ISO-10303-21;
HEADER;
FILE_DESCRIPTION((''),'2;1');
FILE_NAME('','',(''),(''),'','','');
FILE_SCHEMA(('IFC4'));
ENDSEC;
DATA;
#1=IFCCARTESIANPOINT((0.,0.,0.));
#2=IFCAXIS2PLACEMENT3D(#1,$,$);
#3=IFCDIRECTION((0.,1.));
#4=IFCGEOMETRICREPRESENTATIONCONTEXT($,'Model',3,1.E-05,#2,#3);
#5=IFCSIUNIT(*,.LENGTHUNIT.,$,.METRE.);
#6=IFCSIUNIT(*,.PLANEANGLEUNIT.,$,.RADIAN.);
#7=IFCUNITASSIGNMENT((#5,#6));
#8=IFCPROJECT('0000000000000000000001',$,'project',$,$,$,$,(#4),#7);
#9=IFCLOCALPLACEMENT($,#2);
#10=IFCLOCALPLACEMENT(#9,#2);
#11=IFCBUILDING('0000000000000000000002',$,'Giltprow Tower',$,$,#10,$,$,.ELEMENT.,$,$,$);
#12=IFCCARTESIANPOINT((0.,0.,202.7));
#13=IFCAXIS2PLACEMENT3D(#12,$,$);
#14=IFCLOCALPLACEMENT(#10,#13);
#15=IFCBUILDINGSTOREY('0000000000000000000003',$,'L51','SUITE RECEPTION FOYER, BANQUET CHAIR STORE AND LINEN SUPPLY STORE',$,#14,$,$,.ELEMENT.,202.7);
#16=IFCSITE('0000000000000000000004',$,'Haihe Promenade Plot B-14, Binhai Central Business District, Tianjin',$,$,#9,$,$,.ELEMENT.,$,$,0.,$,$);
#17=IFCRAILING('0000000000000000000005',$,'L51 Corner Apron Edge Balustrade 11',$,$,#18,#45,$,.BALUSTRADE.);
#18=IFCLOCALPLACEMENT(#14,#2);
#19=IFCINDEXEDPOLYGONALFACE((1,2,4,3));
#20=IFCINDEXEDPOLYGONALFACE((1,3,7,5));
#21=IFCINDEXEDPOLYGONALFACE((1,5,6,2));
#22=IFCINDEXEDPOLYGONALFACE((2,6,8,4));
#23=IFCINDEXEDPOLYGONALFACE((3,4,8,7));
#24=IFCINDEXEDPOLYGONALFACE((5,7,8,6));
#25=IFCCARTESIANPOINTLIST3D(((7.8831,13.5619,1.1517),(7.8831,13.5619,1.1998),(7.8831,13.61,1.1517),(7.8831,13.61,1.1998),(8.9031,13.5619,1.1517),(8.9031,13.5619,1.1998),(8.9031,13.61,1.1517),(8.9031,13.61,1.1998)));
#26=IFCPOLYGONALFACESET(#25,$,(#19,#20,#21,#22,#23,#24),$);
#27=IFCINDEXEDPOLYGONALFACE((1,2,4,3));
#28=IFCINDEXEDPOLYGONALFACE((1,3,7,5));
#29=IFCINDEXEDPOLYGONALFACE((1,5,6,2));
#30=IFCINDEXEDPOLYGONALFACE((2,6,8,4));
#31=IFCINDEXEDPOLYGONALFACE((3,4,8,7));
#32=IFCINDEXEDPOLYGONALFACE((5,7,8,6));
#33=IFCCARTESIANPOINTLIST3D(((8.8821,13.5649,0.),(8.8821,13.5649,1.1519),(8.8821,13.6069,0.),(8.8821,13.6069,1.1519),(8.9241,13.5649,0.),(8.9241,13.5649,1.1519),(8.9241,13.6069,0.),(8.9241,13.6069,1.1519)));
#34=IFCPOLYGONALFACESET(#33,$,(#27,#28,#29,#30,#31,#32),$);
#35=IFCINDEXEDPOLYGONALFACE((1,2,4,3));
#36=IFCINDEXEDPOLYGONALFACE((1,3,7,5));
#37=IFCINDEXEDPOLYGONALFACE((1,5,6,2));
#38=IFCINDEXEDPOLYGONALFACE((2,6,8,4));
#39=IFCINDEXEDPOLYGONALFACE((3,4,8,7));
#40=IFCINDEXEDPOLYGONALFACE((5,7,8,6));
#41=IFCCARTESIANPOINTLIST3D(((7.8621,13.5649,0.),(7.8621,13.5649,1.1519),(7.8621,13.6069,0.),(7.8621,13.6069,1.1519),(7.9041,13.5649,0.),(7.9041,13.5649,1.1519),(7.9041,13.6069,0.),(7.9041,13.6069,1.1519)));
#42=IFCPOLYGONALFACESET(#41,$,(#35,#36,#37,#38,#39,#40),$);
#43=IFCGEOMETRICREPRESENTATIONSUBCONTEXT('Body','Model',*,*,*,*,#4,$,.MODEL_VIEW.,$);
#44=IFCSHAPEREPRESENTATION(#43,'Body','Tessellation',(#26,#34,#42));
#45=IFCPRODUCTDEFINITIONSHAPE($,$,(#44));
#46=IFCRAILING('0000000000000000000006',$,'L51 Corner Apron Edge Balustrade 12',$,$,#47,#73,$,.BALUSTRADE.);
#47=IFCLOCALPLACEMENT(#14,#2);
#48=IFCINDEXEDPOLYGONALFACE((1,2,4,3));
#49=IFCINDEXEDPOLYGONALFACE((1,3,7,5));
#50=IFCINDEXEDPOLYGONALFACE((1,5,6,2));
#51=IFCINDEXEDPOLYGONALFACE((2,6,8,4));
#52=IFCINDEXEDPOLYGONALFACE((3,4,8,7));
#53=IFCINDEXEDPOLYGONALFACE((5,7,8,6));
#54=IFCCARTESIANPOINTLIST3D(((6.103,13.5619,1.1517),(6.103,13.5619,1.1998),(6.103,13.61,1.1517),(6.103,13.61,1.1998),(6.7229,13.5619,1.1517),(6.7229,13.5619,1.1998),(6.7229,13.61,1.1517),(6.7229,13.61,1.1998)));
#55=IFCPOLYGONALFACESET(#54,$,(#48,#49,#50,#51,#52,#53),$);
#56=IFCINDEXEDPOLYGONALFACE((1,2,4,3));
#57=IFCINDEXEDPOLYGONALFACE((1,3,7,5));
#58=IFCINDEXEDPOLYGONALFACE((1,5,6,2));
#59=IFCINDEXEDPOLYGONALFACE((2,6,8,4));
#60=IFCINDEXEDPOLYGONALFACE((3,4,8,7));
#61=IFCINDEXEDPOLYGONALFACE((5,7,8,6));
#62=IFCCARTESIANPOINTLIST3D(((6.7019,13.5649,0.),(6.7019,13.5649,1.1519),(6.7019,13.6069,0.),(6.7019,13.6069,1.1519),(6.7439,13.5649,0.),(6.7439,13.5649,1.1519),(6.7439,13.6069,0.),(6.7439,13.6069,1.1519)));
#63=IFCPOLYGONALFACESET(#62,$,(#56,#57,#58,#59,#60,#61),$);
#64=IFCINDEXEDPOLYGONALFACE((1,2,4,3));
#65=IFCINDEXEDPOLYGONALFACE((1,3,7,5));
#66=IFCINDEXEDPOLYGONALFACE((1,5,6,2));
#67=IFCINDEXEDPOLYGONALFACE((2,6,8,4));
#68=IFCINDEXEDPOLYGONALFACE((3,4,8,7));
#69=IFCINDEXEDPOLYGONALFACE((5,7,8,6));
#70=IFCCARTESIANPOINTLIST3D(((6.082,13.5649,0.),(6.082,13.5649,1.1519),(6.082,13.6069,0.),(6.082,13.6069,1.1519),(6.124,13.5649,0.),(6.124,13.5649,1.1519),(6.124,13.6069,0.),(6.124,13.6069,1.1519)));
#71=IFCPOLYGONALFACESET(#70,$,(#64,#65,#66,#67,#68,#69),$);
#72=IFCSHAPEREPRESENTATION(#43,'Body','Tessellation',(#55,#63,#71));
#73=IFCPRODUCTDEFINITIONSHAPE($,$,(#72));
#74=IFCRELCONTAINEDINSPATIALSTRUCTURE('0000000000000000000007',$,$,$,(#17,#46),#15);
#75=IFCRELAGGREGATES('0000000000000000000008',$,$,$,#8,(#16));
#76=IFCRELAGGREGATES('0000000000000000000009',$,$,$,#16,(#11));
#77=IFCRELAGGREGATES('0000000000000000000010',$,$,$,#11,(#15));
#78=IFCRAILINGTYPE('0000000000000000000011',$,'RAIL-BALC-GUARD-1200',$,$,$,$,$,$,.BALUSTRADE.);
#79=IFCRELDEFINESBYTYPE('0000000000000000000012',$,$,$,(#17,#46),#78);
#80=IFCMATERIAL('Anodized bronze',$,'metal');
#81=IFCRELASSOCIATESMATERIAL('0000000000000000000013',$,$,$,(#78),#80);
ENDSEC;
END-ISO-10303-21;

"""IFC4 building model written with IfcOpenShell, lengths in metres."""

from ifc_helpers import new_model, si_unit, direction, frame, origin, origin_2d, place, context, subcontext, project, spatial, rectangle, extrude, material, type_object, element, save


model = new_model("IFC4")

# Units and contexts
model_context = context("Model", 3, precision=1e-05, world=origin(), true_north=direction((0.0, 1.0)))
body_context = subcontext(model_context, "Body", "Model", "MODEL_VIEW")
ifc_project = project(units=[si_unit("LENGTHUNIT", "METRE"), si_unit("PLANEANGLEUNIT", "RADIAN")], contexts=[model_context])

# Site, building, storey
site_placement = place(None, origin())
site = spatial("IfcSite", under=ifc_project, at=site_placement, Name="Haihe Promenade Plot B-14, Binhai Central Business District, Tianjin", CompositionType="ELEMENT", RefElevation=0.0)
building_placement = place(site_placement, origin())
building = spatial("IfcBuilding", under=site, at=building_placement, Name="Giltprow Tower", CompositionType="ELEMENT")
storey_placement = place(building_placement, frame((0.0, 0.0, 202.7)))
storey = spatial("IfcBuildingStorey", under=building, at=storey_placement, Name="L51", Description="SUITE RECEPTION FOYER, BANQUET CHAIR STORE AND LINEN SUPPLY STORE", CompositionType="ELEMENT", Elevation=202.7)

# Shared definitions
ifc_material_1 = material(Name="Anodized bronze", Category="metal")

# Railings
railing_type = type_object("IfcRailingType", Name="RAIL-BALC-GUARD-1200", PredefinedType="BALUSTRADE", material=ifc_material_1)
railing_1_placement = place(storey_placement, frame((8.9031, 13.5859, 0.0)))
element("IfcRailing", 1, at=railing_1_placement, inside=storey, type_object=railing_type, Name="L51 Corner Apron Edge Balustrade 11", PredefinedType="BALUSTRADE", context=body_context, shape_type="SweptSolid", body=[
    extrude(rectangle(XDim=0.0481, YDim=0.0481, at=origin_2d()), frame((0.0, 0.0, 1.1758), z_axis=(-1.0, 0.0, 0.0), x_axis=(0.0, -1.0, 0.0)), (0.0, 0.0, 1.0), 1.02),
    extrude(rectangle(XDim=0.042, YDim=0.042, at=origin_2d()), origin(), (0.0, 0.0, 1.0), 1.1519),
    extrude(rectangle(XDim=0.042, YDim=0.042, at=origin_2d()), frame((-1.02, 0.0, 0.0)), (0.0, 0.0, 1.0), 1.1519),
])
railing_2_placement = place(storey_placement, frame((6.7229, 13.5859, 0.0)))
element("IfcRailing", 2, at=railing_2_placement, inside=storey, type_object=railing_type, Name="L51 Corner Apron Edge Balustrade 12", PredefinedType="BALUSTRADE", context=body_context, shape_type="SweptSolid", body=[
    extrude(rectangle(XDim=0.0481, YDim=0.0481, at=origin_2d()), frame((0.0, 0.0, 1.1758), z_axis=(-1.0, 0.0, 0.0), x_axis=(0.0, -1.0, 0.0)), (0.0, 0.0, 1.0), 0.6199),
    extrude(rectangle(XDim=0.042, YDim=0.042, at=origin_2d()), origin(), (0.0, 0.0, 1.0), 1.1519),
    extrude(rectangle(XDim=0.042, YDim=0.042, at=origin_2d()), frame((-0.6199, 0.0, 0.0)), (0.0, 0.0, 1.0), 1.1519),
])

save(model, "model.ifc")
